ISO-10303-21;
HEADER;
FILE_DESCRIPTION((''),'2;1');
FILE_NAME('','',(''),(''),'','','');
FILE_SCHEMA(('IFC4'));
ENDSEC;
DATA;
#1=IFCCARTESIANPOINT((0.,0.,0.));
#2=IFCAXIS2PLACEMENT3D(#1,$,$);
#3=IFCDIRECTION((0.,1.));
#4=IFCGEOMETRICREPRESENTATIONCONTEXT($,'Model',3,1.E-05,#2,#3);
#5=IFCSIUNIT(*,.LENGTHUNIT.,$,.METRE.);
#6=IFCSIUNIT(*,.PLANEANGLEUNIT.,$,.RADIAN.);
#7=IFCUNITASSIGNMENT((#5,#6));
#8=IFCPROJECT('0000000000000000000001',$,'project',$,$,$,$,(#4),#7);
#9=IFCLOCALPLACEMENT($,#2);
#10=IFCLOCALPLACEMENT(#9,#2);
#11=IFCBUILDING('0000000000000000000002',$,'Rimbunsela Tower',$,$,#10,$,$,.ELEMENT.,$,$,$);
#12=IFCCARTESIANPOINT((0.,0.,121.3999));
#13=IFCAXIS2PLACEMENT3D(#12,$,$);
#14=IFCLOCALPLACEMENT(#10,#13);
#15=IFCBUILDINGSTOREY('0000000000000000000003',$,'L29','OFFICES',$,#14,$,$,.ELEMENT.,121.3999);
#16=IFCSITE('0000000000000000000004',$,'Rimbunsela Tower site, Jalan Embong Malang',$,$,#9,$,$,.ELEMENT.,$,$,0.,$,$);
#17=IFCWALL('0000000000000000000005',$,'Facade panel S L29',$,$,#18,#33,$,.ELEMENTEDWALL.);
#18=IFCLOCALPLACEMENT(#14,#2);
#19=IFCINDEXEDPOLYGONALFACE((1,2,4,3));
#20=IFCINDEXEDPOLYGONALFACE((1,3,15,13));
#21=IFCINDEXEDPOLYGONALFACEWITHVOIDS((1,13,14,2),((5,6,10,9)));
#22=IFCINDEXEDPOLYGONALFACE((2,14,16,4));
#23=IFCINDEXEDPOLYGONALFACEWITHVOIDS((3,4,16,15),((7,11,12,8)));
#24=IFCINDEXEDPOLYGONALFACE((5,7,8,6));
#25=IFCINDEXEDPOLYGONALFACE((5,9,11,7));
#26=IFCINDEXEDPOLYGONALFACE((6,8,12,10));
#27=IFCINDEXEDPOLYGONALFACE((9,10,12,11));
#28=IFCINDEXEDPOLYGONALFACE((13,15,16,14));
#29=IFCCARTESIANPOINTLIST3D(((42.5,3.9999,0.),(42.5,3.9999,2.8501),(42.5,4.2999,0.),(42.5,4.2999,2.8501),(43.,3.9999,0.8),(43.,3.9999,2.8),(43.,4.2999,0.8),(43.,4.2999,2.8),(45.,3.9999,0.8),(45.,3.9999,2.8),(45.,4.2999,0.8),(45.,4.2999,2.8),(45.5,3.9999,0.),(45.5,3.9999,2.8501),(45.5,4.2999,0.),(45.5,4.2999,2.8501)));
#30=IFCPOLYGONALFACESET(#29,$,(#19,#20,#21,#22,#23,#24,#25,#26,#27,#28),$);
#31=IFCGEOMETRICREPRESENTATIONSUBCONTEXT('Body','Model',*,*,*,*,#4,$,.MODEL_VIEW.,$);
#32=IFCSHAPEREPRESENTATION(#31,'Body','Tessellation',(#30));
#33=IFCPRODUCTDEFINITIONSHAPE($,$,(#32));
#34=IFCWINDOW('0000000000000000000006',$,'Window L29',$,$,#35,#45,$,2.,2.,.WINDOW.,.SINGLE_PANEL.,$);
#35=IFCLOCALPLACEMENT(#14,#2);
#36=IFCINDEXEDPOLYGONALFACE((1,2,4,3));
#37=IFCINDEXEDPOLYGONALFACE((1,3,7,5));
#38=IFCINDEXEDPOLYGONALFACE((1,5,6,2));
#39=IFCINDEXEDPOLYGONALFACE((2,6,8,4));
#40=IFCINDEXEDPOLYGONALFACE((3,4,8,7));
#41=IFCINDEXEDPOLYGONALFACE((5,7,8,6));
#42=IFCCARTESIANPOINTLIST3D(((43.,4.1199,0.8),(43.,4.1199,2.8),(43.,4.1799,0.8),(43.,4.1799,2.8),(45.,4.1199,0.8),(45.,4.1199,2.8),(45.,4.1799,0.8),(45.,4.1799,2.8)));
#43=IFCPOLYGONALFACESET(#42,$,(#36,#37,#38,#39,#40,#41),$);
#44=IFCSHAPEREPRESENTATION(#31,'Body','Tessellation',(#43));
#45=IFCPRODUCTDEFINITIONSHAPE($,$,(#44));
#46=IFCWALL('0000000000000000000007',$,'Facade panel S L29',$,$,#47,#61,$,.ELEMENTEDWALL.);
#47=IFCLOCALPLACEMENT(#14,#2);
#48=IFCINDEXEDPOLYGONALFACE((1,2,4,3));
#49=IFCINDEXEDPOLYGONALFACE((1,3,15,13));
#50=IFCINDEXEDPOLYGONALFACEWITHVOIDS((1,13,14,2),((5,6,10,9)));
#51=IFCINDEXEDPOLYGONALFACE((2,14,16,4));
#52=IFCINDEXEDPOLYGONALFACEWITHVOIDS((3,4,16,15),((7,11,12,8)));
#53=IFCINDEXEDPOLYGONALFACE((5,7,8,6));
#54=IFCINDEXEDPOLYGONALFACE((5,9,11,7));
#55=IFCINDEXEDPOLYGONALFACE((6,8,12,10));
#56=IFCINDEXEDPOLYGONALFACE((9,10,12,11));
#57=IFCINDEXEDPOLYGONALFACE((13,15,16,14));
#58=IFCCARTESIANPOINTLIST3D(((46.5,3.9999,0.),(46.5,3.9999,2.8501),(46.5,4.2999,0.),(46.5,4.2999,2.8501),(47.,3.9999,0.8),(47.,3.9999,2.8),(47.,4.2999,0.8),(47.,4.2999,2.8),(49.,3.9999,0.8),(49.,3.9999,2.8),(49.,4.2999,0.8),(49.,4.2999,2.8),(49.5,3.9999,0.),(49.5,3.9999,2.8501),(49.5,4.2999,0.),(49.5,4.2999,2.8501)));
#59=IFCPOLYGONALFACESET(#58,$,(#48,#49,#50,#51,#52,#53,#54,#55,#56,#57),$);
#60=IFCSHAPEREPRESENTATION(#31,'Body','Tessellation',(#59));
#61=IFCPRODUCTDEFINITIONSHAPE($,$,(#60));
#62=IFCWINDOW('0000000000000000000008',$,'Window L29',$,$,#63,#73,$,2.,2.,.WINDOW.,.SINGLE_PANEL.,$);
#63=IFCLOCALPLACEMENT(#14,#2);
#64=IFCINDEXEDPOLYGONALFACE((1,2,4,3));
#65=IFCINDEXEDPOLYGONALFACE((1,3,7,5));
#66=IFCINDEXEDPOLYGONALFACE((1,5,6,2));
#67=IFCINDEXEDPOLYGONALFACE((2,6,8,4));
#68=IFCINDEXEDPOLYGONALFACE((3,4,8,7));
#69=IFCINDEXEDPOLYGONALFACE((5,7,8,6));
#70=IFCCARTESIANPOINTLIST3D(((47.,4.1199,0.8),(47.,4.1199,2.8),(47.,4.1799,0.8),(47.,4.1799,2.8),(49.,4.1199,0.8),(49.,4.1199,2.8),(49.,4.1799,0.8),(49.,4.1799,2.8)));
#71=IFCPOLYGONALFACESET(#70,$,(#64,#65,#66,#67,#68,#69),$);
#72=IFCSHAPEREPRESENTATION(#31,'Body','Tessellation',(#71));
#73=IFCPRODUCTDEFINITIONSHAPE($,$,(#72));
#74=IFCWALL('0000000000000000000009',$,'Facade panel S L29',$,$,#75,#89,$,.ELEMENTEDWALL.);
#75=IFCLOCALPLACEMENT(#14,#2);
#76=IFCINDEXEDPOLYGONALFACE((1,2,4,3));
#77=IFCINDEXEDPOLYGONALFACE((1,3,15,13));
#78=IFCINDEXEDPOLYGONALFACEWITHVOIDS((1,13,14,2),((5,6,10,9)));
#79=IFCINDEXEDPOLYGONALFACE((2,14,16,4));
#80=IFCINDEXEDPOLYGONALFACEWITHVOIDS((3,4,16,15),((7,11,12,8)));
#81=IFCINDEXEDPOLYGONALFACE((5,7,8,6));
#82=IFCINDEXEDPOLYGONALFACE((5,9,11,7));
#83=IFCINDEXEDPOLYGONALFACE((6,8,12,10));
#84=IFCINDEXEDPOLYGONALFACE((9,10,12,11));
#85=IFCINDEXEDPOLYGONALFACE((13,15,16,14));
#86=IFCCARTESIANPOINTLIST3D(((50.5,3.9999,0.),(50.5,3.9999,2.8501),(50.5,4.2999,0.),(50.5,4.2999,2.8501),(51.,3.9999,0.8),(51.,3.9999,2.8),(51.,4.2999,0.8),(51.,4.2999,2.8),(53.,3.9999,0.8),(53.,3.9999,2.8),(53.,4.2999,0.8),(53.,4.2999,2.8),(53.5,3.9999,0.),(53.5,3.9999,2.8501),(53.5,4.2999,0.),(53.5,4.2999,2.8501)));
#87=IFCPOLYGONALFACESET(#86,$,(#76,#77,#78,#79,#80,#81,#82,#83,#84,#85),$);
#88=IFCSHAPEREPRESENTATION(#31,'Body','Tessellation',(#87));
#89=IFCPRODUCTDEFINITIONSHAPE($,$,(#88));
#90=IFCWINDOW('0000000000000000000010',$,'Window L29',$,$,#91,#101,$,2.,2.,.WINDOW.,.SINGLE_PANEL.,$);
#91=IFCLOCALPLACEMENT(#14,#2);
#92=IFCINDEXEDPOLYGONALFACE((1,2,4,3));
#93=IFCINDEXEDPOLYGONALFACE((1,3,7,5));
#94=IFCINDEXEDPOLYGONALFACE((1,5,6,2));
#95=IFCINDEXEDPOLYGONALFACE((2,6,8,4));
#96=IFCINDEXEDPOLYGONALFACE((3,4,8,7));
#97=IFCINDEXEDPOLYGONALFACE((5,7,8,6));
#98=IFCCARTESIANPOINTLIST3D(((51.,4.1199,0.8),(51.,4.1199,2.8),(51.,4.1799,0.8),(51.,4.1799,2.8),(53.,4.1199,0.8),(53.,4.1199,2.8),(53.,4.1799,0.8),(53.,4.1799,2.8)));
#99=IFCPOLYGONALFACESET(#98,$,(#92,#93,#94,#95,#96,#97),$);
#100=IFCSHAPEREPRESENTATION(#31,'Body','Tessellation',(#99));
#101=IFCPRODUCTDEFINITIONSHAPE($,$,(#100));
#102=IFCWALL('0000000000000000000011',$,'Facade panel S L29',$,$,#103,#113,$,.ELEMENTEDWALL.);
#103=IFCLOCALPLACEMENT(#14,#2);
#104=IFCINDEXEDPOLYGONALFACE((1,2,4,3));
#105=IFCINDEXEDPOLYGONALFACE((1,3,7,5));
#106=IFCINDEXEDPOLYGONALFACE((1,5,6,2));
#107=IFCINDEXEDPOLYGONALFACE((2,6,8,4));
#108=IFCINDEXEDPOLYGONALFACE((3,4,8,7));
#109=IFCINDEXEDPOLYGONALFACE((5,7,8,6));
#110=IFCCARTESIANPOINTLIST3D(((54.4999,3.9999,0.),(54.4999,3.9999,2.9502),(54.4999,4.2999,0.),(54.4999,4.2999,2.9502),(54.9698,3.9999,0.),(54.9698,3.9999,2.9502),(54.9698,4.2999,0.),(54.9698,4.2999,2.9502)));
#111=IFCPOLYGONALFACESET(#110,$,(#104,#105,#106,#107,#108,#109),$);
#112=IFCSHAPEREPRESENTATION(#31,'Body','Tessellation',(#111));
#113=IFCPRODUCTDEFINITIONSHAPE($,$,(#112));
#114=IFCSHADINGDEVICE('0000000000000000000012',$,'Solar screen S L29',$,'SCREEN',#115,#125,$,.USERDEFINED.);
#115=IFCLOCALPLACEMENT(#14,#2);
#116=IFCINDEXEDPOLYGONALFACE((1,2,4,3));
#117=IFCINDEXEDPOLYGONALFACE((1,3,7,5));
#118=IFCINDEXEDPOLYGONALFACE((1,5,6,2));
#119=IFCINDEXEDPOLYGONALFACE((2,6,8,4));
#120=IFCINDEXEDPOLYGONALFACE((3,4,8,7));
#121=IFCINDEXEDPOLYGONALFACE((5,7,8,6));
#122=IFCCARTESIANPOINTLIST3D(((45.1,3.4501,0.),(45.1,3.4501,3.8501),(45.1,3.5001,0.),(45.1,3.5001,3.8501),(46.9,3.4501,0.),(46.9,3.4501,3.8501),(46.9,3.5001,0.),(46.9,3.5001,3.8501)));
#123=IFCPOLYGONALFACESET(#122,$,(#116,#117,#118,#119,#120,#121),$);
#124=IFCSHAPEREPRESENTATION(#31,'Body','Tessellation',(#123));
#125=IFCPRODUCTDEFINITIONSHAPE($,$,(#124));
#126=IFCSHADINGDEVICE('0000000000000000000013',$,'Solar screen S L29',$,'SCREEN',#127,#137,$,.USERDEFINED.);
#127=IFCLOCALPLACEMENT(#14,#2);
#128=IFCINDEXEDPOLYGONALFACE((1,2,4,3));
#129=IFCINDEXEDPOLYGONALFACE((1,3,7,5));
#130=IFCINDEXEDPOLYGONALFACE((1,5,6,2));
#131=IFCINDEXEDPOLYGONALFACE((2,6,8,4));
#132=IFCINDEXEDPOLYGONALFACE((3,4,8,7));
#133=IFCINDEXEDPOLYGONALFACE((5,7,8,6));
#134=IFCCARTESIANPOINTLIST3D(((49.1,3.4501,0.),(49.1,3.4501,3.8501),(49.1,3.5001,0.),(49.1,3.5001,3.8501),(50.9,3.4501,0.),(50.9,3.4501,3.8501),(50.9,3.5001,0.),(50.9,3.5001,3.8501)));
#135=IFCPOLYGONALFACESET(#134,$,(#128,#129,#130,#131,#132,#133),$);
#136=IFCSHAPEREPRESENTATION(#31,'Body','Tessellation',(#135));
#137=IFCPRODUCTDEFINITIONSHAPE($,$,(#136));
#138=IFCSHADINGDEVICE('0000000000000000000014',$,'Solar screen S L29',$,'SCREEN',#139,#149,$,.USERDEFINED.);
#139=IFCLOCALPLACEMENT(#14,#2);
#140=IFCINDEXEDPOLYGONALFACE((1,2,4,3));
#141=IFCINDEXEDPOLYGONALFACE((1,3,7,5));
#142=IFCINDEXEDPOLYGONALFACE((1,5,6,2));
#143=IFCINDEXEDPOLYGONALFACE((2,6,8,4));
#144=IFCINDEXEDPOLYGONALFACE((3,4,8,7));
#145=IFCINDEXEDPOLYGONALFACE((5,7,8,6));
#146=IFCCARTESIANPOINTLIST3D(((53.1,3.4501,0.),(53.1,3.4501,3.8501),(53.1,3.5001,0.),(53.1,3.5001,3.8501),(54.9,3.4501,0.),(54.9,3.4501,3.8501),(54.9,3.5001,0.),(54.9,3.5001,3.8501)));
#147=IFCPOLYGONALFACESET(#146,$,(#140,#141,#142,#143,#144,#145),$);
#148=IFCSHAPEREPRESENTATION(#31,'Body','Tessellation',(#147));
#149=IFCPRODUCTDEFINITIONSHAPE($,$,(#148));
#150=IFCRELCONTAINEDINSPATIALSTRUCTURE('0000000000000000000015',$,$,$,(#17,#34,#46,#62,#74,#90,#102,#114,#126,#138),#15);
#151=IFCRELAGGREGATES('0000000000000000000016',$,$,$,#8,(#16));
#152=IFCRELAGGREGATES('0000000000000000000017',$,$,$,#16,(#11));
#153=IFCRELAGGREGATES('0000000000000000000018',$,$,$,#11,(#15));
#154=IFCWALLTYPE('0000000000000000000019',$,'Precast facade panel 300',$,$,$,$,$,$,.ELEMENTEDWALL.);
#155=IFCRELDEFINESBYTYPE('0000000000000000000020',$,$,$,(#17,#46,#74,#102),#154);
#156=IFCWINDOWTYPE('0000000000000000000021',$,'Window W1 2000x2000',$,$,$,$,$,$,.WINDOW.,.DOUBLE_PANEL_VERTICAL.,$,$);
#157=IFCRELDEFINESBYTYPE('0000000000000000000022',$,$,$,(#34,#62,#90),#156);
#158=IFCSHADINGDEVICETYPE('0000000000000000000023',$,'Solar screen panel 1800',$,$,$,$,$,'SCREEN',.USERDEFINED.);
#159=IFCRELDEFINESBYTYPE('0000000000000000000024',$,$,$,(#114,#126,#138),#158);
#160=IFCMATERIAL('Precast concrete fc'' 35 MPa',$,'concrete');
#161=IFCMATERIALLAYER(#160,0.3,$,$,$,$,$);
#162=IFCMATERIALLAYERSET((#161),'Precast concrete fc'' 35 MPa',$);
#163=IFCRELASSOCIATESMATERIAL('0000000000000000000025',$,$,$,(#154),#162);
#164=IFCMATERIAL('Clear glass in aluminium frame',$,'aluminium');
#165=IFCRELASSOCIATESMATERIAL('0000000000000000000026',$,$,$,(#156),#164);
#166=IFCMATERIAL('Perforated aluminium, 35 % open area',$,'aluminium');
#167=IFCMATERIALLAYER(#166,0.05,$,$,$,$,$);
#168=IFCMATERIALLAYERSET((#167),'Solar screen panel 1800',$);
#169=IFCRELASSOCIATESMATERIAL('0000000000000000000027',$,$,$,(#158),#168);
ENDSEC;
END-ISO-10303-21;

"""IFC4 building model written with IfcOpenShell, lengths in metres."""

from ifc_helpers import new_model, si_unit, direction, frame, frame_2d, origin, origin_2d, place, context, subcontext, project, spatial, rectangle, extrude, material, layer, layer_set, type_object, element, fill, save


model = new_model("IFC4")

# Units and contexts
model_context = context("Model", 3, precision=1e-05, world=origin(), true_north=direction((0.0, 1.0)))
body_context = subcontext(model_context, "Body", "Model", "MODEL_VIEW")
ifc_project = project(units=[si_unit("LENGTHUNIT", "METRE"), si_unit("PLANEANGLEUNIT", "RADIAN")], contexts=[model_context])

# Site, building, storey
site_placement = place(None, origin())
site = spatial("IfcSite", under=ifc_project, at=site_placement, Name="Rimbunsela Tower site, Jalan Embong Malang", CompositionType="ELEMENT", RefElevation=0.0)
building_placement = place(site_placement, origin())
building = spatial("IfcBuilding", under=site, at=building_placement, Name="Rimbunsela Tower", CompositionType="ELEMENT")
storey_placement = place(building_placement, frame((0.0, 0.0, 121.3999)))
storey = spatial("IfcBuildingStorey", under=building, at=storey_placement, Name="L29", Description="OFFICES", CompositionType="ELEMENT", Elevation=121.3999)

# Walls, openings, windows
ifc_material_1 = material(Name="Precast concrete fc' 35 MPa", Category="concrete")
ifc_layer_1 = layer(ifc_material_1, 0.3)
ifc_layer_set_1 = layer_set([ifc_layer_1], Name="Precast concrete fc' 35 MPa")
wall_type = type_object("IfcWallType", Name="Precast facade panel 300", PredefinedType="ELEMENTEDWALL", material=ifc_layer_set_1)
wall_1_placement = place(storey_placement, frame((42.5, 4.1499, 0.0), z_axis=(0.0, 0.0, 1.0), x_axis=(1.0, 0.0, 0.0)))
wall_1 = element("IfcWall", 1, at=wall_1_placement, inside=storey, type_object=wall_type, Name="Facade panel S L29", PredefinedType="ELEMENTEDWALL", context=body_context, shape_type="SweptSolid", body=[
    extrude(rectangle(XDim=3.0, YDim=0.3, at=frame_2d((1.5, 0.0))), origin(), (0.0, 0.0, 1.0), 2.8501),
])
opening_1_placement = place(wall_1_placement, frame((0.5, 0.0, 0.8)))
opening_1 = element("IfcOpeningElement", 2, at=opening_1_placement, cuts=wall_1, PredefinedType="OPENING", context=body_context, shape_type="SweptSolid", body=[
    extrude(rectangle(XDim=2.0, YDim=2.0, at=frame_2d((1.0, 1.0))), frame((0.0, 0.1599, 0.0), z_axis=(0.0, -1.0, 0.0), x_axis=(1.0, 0.0, 0.0)), (0.0, 0.0, 1.0), 0.3201),
])
ifc_material_2 = material(Name="Clear glass in aluminium frame", Category="aluminium")
window_type = type_object("IfcWindowType", Name="Window W1 2000x2000", PartitioningType="DOUBLE_PANEL_VERTICAL", PredefinedType="WINDOW", material=ifc_material_2)
window_1_placement = place(opening_1_placement, origin())
window_1 = element("IfcWindow", 3, at=window_1_placement, inside=storey, type_object=window_type, Name="Window L29", OverallHeight=2.0, OverallWidth=2.0, PartitioningType="SINGLE_PANEL", PredefinedType="WINDOW", context=body_context, shape_type="SweptSolid", body=[
    extrude(rectangle(XDim=2.0, YDim=2.0, at=frame_2d((1.0, 1.0))), frame((0.0, 0.03, 0.0), z_axis=(0.0, -1.0, 0.0), x_axis=(1.0, 0.0, 0.0)), (0.0, 0.0, 1.0), 0.0601),
])
fill(opening_1, window_1)
wall_2_placement = place(storey_placement, frame((46.5, 4.1499, 0.0), z_axis=(0.0, 0.0, 1.0), x_axis=(1.0, 0.0, 0.0)))
wall_2 = element("IfcWall", 4, at=wall_2_placement, inside=storey, type_object=wall_type, Name="Facade panel S L29", PredefinedType="ELEMENTEDWALL", context=body_context, shape_type="SweptSolid", body=[
    extrude(rectangle(XDim=3.0, YDim=0.3, at=frame_2d((1.5, 0.0))), origin(), (0.0, 0.0, 1.0), 2.8501),
])
opening_2_placement = place(wall_2_placement, frame((0.5, 0.0, 0.8)))
opening_2 = element("IfcOpeningElement", 5, at=opening_2_placement, cuts=wall_2, PredefinedType="OPENING", context=body_context, shape_type="SweptSolid", body=[
    extrude(rectangle(XDim=2.0, YDim=2.0, at=frame_2d((1.0, 1.0))), frame((0.0, 0.1599, 0.0), z_axis=(0.0, -1.0, 0.0), x_axis=(1.0, 0.0, 0.0)), (0.0, 0.0, 1.0), 0.3201),
])
window_2_placement = place(opening_2_placement, origin())
window_2 = element("IfcWindow", 6, at=window_2_placement, inside=storey, type_object=window_type, Name="Window L29", OverallHeight=2.0, OverallWidth=2.0, PartitioningType="SINGLE_PANEL", PredefinedType="WINDOW", context=body_context, shape_type="SweptSolid", body=[
    extrude(rectangle(XDim=2.0, YDim=2.0, at=frame_2d((1.0, 1.0))), frame((0.0, 0.03, 0.0), z_axis=(0.0, -1.0, 0.0), x_axis=(1.0, 0.0, 0.0)), (0.0, 0.0, 1.0), 0.0601),
])
fill(opening_2, window_2)
wall_3_placement = place(storey_placement, frame((50.5, 4.1499, 0.0), z_axis=(0.0, 0.0, 1.0), x_axis=(1.0, 0.0, 0.0)))
wall_3 = element("IfcWall", 7, at=wall_3_placement, inside=storey, type_object=wall_type, Name="Facade panel S L29", PredefinedType="ELEMENTEDWALL", context=body_context, shape_type="SweptSolid", body=[
    extrude(rectangle(XDim=3.0, YDim=0.3, at=frame_2d((1.5, 0.0))), origin(), (0.0, 0.0, 1.0), 2.8501),
])
opening_3_placement = place(wall_3_placement, frame((0.5, 0.0, 0.8)))
opening_3 = element("IfcOpeningElement", 8, at=opening_3_placement, cuts=wall_3, PredefinedType="OPENING", context=body_context, shape_type="SweptSolid", body=[
    extrude(rectangle(XDim=2.0, YDim=2.0, at=frame_2d((1.0, 1.0))), frame((0.0, 0.1599, 0.0), z_axis=(0.0, -1.0, 0.0), x_axis=(1.0, 0.0, 0.0)), (0.0, 0.0, 1.0), 0.3201),
])
window_3_placement = place(opening_3_placement, origin())
window_3 = element("IfcWindow", 9, at=window_3_placement, inside=storey, type_object=window_type, Name="Window L29", OverallHeight=2.0, OverallWidth=2.0, PartitioningType="SINGLE_PANEL", PredefinedType="WINDOW", context=body_context, shape_type="SweptSolid", body=[
    extrude(rectangle(XDim=2.0, YDim=2.0, at=frame_2d((1.0, 1.0))), frame((0.0, 0.03, 0.0), z_axis=(0.0, -1.0, 0.0), x_axis=(1.0, 0.0, 0.0)), (0.0, 0.0, 1.0), 0.0601),
])
fill(opening_3, window_3)

# Wall
wall_4_placement = place(storey_placement, frame((54.5, 4.1499, 0.0), z_axis=(0.0, 0.0, 1.0), x_axis=(1.0, 0.0, 0.0)))
element("IfcWall", 10, at=wall_4_placement, inside=storey, type_object=wall_type, Name="Facade panel S L29", PredefinedType="ELEMENTEDWALL", context=body_context, shape_type="SweptSolid", body=[
    extrude(rectangle(XDim=0.47, YDim=0.3, at=frame_2d((0.2349, 0.0))), origin(), (0.0, 0.0, 1.0), 2.9502),
])

# Shading devices
ifc_material_3 = material(Name="Perforated aluminium, 35 % open area", Category="aluminium")
ifc_layer_2 = layer(ifc_material_3, 0.05)
ifc_layer_set_2 = layer_set([ifc_layer_2], Name="Solar screen panel 1800")
shading_device_type = type_object("IfcShadingDeviceType", Name="Solar screen panel 1800", ElementType="SCREEN", PredefinedType="USERDEFINED", material=ifc_layer_set_2)
for number, where, z_axis, x_axis, name in (
    (11, (46.0, 3.4751, 0.0), (0.0, 0.0, 1.0), (1.0, 0.0, 0.0), "Solar screen S L29"),
    (12, (50.0, 3.4751, 0.0), (0.0, 0.0, 1.0), (1.0, 0.0, 0.0), "Solar screen S L29"),
    (13, (54.0, 3.4751, 0.0), (0.0, 0.0, 1.0), (1.0, 0.0, 0.0), "Solar screen S L29"),
):
    element("IfcShadingDevice", number, at=place(storey_placement, frame(where, z_axis=z_axis, x_axis=x_axis)), inside=storey, type_object=shading_device_type, Name=name, ObjectType="SCREEN", PredefinedType="USERDEFINED", context=body_context, shape_type="SweptSolid", body=[
        extrude(rectangle(XDim=1.8, YDim=0.05, at=origin_2d()), origin(), (0.0, 0.0, 1.0), 3.8501),
    ])

save(model, "model.ifc")
